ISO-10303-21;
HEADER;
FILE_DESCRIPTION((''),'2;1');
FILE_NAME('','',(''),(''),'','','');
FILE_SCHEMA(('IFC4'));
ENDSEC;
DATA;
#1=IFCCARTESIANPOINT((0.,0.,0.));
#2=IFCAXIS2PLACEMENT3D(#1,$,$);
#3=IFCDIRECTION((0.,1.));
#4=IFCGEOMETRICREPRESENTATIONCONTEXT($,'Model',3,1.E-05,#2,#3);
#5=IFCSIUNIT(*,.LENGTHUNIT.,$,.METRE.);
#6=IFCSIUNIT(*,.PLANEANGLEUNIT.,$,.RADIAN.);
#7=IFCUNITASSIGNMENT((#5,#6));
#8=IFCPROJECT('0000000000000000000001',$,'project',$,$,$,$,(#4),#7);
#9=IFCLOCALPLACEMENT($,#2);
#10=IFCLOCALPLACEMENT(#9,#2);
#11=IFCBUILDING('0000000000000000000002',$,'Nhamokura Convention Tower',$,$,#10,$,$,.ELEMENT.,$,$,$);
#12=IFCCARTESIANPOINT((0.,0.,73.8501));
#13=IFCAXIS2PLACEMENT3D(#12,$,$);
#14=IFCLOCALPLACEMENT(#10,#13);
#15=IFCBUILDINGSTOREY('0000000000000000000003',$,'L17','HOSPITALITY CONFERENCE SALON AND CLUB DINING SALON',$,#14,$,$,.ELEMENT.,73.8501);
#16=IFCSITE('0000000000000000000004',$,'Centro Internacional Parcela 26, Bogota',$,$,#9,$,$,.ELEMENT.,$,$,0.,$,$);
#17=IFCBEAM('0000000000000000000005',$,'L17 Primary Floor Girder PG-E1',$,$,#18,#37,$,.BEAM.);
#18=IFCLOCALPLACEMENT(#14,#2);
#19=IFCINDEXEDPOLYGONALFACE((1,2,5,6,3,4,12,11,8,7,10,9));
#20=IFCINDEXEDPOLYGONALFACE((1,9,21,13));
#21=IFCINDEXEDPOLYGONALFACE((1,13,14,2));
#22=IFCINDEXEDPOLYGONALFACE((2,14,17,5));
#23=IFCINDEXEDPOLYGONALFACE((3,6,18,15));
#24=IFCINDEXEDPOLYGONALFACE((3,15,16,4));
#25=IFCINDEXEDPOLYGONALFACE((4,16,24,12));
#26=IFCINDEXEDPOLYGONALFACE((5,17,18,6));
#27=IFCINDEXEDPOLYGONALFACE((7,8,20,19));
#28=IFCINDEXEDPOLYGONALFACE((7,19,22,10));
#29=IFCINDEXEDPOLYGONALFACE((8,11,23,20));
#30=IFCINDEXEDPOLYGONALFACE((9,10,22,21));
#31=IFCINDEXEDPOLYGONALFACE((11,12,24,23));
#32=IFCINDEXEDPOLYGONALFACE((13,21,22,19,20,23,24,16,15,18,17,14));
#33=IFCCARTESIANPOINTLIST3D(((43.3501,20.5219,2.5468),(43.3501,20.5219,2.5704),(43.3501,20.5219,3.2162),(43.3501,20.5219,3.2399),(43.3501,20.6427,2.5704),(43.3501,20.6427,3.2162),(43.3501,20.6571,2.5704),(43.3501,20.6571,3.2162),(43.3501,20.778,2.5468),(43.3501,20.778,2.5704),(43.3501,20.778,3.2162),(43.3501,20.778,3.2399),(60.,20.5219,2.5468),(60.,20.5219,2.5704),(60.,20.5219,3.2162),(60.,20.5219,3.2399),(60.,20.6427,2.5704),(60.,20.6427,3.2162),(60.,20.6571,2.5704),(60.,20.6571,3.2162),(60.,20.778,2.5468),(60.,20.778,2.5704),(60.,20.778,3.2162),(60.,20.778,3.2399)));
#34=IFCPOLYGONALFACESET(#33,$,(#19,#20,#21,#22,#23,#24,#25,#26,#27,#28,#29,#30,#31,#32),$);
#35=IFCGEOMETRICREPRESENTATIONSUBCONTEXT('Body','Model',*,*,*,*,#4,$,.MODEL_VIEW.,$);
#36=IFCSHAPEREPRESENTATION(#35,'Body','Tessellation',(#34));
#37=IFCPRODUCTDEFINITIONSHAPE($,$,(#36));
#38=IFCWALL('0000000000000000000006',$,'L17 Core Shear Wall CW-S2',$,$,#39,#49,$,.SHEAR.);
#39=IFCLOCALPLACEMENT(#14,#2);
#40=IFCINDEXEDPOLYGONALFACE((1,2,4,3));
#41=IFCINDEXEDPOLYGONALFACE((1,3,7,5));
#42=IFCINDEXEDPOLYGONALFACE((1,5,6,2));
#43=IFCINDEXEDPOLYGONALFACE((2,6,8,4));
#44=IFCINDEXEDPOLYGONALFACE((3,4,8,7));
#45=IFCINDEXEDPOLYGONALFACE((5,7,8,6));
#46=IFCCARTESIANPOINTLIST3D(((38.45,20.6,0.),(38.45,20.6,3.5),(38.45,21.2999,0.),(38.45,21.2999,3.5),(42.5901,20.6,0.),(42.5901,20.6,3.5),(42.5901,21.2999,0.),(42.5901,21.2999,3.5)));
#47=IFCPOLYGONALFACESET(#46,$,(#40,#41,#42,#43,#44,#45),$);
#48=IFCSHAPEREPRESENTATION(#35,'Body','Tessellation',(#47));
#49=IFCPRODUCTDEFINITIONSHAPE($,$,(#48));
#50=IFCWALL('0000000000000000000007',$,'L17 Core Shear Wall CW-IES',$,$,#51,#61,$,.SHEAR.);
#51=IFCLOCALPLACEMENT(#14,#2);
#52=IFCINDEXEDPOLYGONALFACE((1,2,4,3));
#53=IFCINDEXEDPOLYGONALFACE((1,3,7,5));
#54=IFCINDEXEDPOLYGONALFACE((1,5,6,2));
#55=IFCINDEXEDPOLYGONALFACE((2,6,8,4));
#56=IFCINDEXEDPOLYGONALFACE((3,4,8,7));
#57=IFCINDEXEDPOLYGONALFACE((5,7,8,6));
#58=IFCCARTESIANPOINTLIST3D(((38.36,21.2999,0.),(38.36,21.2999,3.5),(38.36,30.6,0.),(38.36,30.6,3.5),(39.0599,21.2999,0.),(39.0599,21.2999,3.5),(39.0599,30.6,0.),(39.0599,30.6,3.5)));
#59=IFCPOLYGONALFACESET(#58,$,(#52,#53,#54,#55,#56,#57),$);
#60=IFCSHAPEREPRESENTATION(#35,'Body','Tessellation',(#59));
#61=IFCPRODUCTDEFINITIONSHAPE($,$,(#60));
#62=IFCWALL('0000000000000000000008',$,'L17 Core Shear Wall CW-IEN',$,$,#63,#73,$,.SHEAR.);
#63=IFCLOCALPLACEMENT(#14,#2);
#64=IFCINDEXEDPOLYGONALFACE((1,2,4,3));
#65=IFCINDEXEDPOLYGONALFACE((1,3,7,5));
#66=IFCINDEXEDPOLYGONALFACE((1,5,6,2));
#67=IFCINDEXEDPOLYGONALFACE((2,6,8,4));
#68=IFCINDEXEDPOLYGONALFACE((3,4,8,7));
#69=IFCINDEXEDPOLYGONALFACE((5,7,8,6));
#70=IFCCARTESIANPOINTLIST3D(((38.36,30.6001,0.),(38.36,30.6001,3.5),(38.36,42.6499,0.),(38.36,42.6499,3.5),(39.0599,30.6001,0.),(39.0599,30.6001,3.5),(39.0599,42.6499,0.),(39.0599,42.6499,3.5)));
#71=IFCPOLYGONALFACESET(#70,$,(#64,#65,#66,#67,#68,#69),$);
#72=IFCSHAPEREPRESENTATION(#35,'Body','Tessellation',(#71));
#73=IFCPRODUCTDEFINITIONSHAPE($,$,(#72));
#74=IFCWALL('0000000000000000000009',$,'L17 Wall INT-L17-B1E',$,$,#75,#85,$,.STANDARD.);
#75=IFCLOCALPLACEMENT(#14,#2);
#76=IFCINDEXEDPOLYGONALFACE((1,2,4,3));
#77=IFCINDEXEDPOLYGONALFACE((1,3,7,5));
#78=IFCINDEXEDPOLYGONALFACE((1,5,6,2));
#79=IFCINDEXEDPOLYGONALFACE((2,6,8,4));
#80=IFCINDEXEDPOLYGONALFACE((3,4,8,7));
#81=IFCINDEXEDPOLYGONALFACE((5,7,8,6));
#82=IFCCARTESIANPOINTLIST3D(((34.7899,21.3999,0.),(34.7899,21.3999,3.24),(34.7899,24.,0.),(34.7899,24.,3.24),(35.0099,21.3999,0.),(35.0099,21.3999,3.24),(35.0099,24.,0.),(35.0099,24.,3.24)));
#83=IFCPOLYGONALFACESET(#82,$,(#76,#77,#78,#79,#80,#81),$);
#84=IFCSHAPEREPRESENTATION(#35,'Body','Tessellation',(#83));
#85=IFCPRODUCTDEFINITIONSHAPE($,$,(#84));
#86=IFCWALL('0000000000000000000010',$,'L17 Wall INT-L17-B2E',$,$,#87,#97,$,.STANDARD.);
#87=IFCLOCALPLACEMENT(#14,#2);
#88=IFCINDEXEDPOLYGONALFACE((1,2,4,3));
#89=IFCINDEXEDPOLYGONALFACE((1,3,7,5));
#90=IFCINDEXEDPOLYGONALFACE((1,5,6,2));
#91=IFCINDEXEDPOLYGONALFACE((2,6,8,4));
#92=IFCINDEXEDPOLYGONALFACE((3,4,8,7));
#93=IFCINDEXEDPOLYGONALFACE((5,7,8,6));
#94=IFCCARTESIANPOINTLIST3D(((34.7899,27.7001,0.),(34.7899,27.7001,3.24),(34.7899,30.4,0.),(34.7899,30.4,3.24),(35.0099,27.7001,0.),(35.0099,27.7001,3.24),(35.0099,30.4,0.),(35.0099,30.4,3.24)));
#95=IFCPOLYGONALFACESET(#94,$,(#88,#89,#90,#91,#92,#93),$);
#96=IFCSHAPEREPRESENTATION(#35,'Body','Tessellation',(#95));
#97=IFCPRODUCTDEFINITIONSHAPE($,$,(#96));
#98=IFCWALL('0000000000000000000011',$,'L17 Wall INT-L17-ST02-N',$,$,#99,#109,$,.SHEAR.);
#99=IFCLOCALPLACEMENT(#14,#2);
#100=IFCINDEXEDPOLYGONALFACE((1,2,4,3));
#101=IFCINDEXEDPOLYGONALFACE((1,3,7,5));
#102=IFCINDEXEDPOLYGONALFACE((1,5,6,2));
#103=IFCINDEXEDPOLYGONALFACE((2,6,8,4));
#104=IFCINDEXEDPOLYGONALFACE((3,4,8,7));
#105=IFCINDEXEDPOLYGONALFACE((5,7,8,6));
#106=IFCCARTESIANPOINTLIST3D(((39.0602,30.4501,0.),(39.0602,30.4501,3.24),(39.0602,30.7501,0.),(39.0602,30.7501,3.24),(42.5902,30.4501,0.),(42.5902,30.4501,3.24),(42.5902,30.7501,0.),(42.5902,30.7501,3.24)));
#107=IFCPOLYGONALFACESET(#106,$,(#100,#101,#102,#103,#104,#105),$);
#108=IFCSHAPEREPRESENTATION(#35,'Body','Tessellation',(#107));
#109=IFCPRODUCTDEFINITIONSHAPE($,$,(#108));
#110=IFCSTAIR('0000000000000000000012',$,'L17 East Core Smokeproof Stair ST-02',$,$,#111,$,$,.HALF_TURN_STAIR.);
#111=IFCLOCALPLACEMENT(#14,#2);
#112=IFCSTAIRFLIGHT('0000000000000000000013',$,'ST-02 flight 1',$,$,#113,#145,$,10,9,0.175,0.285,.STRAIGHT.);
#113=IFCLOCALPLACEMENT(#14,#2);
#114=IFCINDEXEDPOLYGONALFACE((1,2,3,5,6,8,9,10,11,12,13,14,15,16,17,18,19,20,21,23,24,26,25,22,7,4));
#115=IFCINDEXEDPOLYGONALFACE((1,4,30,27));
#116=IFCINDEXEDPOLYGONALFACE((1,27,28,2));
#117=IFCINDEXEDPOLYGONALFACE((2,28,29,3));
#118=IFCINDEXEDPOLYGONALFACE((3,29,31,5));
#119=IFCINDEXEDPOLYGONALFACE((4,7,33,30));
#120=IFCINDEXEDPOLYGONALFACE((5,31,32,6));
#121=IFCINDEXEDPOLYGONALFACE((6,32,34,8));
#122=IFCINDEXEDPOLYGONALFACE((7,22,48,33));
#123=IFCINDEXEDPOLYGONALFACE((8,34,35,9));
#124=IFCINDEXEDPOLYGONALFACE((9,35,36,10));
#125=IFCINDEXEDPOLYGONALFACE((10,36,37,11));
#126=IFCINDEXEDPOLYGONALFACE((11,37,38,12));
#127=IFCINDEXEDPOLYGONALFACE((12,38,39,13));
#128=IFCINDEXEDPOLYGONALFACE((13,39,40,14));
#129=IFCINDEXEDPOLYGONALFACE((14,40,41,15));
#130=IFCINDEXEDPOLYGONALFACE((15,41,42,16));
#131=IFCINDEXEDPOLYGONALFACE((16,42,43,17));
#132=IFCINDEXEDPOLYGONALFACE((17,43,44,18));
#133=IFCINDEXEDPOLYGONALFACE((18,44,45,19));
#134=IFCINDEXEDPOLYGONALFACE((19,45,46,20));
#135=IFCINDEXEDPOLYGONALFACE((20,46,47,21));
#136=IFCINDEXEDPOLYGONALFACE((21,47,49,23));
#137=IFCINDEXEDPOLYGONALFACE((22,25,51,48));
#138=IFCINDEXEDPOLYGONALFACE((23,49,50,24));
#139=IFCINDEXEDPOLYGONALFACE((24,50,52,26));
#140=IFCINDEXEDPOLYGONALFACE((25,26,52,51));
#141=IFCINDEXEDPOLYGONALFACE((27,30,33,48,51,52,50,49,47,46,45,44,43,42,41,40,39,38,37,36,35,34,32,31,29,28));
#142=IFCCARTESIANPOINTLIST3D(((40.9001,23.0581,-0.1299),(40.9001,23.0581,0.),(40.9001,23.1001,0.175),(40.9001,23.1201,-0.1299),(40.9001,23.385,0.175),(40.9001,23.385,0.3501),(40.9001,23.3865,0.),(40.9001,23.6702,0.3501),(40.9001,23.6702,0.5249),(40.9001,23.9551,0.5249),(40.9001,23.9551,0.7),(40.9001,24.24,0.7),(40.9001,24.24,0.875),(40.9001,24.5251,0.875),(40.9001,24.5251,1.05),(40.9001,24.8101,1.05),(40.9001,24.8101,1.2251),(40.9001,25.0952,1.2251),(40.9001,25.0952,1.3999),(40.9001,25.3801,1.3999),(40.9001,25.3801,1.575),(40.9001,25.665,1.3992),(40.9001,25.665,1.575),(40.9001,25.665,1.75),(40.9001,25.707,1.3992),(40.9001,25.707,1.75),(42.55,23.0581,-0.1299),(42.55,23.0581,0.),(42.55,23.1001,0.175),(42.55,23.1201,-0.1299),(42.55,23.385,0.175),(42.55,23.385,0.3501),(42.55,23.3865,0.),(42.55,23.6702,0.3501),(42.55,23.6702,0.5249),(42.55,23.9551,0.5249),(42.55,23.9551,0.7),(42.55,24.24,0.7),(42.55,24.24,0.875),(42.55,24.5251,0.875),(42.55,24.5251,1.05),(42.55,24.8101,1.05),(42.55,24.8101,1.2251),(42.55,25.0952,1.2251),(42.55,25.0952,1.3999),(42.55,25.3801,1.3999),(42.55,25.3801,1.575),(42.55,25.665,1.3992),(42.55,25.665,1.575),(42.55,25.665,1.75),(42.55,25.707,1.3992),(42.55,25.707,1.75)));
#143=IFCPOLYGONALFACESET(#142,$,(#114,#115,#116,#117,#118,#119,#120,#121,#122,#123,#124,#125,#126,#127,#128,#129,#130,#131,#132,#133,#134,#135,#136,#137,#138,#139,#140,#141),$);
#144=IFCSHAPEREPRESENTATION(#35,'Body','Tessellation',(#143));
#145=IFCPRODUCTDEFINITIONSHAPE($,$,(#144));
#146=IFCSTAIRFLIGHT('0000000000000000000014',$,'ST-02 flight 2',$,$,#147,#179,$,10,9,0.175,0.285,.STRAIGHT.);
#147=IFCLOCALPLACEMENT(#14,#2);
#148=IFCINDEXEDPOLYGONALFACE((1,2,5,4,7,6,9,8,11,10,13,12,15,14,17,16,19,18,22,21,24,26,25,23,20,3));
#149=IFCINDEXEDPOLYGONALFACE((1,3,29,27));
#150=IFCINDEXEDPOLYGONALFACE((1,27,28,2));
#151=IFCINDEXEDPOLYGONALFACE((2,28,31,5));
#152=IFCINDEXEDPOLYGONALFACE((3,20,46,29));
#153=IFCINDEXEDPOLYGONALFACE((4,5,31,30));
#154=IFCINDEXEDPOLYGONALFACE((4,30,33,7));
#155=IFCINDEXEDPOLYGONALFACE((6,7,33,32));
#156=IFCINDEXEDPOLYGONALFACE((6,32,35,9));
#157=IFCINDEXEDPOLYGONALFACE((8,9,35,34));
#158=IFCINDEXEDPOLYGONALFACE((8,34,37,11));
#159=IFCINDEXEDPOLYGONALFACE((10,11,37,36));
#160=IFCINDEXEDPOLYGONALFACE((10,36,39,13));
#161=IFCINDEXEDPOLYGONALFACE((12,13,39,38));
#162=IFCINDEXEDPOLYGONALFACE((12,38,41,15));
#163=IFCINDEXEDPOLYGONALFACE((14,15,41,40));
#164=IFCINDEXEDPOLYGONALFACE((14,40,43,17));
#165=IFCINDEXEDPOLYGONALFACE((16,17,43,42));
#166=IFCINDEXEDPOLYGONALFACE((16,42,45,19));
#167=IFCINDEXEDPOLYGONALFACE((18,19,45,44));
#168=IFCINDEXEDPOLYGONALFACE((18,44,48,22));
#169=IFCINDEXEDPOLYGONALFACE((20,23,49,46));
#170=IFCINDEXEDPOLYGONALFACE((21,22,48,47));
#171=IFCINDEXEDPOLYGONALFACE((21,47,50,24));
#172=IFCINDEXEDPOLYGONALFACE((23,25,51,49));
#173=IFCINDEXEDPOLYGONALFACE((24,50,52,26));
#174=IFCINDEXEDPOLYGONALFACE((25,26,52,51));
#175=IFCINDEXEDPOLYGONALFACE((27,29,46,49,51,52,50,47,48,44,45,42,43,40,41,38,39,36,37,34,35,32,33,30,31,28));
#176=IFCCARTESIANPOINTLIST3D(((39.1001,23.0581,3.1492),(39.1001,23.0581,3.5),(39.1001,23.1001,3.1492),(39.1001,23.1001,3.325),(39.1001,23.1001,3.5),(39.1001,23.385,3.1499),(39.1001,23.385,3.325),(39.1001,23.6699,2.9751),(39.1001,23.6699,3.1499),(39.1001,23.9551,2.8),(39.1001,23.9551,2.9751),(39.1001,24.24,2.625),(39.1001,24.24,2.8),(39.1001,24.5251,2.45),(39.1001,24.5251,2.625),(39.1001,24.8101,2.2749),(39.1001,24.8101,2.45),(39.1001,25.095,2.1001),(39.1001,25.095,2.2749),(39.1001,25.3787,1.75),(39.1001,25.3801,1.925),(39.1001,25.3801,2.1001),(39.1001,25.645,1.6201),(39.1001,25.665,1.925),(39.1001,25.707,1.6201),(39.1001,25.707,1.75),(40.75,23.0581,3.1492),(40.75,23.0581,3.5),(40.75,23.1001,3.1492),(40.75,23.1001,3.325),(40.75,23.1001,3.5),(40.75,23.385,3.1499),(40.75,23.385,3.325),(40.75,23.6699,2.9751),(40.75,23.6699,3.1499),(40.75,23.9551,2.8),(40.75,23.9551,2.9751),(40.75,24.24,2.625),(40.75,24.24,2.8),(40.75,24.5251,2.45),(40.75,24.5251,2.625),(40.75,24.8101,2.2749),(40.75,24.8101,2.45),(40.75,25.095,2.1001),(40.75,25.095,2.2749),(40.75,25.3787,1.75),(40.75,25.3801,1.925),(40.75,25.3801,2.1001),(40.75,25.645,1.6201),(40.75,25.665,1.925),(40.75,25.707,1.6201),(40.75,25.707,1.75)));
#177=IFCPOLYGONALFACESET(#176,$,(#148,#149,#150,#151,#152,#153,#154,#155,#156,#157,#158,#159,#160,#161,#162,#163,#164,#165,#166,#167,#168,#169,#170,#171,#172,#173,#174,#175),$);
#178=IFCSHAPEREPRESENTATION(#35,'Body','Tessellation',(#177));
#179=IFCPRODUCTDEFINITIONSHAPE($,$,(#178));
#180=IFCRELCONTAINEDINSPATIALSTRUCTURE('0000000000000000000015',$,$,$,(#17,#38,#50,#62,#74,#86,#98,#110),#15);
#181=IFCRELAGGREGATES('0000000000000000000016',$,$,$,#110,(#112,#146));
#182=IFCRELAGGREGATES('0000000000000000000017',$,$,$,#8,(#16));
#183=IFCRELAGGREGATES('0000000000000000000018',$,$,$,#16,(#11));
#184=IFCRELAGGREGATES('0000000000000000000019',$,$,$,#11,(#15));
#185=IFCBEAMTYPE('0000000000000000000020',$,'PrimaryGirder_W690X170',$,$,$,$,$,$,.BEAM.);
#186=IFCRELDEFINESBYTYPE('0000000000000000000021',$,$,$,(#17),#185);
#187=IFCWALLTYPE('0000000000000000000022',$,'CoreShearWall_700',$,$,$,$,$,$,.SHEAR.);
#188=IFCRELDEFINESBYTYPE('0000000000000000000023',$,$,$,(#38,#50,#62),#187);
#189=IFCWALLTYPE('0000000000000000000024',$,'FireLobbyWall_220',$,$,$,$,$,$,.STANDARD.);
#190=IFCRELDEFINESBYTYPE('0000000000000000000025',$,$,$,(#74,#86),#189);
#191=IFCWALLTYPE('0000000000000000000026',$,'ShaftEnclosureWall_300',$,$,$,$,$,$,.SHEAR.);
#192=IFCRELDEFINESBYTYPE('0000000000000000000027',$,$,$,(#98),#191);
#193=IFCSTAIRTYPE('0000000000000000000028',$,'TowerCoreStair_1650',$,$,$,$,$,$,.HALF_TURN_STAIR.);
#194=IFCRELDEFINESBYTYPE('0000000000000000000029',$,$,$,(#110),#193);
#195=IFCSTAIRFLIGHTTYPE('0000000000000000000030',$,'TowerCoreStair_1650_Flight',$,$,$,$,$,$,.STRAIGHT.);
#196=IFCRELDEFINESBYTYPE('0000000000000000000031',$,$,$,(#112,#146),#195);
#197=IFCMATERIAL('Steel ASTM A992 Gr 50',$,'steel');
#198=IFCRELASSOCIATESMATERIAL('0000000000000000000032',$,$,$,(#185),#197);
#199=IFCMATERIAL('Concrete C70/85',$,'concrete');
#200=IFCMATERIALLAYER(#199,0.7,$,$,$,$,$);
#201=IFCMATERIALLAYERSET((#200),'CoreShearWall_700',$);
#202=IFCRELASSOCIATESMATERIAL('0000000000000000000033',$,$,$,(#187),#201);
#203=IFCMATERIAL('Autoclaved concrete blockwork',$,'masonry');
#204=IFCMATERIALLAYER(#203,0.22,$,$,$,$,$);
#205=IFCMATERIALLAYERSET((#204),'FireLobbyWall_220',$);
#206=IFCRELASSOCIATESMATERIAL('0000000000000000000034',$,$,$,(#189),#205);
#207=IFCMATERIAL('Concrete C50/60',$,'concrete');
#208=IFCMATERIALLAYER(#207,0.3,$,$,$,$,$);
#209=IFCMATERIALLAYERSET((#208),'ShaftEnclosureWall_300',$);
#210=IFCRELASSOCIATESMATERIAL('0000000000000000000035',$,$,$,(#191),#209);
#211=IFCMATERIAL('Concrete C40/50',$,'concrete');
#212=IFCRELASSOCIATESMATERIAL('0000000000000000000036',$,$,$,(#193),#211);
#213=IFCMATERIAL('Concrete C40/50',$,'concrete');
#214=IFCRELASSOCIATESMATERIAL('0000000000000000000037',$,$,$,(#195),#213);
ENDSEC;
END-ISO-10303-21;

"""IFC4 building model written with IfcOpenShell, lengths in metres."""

from ifc_helpers import new_model, si_unit, direction, frame, frame_2d, origin, origin_2d, place, context, subcontext, project, spatial, polyline, rectangle, i_section, outline, extrude, material, layer, layer_set, material_profile, profile_set, type_object, element, aggregate, save


model = new_model("IFC4")

# Units and contexts
model_context = context("Model", 3, precision=1e-05, world=origin(), true_north=direction((0.0, 1.0)))
body_context = subcontext(model_context, "Body", "Model", "MODEL_VIEW")
ifc_project = project(units=[si_unit("LENGTHUNIT", "METRE"), si_unit("PLANEANGLEUNIT", "RADIAN")], contexts=[model_context])

# Site, building, storey
site_placement = place(None, origin())
site = spatial("IfcSite", under=ifc_project, at=site_placement, Name="Centro Internacional Parcela 26, Bogota", CompositionType="ELEMENT", RefElevation=0.0)
building_placement = place(site_placement, origin())
building = spatial("IfcBuilding", under=site, at=building_placement, Name="Nhamokura Convention Tower", CompositionType="ELEMENT")
storey_placement = place(building_placement, frame((0.0, 0.0, 73.8501)))
storey = spatial("IfcBuildingStorey", under=building, at=storey_placement, Name="L17", Description="HOSPITALITY CONFERENCE SALON AND CLUB DINING SALON", CompositionType="ELEMENT", Elevation=73.8501)

# Beam
ifc_material_1 = material(Name="Steel ASTM A992 Gr 50", Category="steel")
ifc_material_profile = material_profile(ifc_material_1, i_section(OverallWidth=0.2561, OverallDepth=0.6931, WebThickness=0.0144, FlangeThickness=0.0237, at=origin_2d()))
ifc_profile_set = profile_set([ifc_material_profile], Name="Steel ASTM A992 Gr 50")
beam_type = type_object("IfcBeamType", Name="PrimaryGirder_W690X170", PredefinedType="BEAM", material=ifc_profile_set)
beam_placement = place(storey_placement, frame((43.3501, 20.6499, 2.8933), z_axis=(1.0, 0.0, 0.0), x_axis=(0.0, 1.0, 0.0)))
element("IfcBeam", 1, at=beam_placement, inside=storey, type_object=beam_type, Name="L17 Primary Floor Girder PG-E1", PredefinedType="BEAM", context=body_context, shape_type="SweptSolid", body=[
    extrude(i_section(OverallWidth=0.2561, OverallDepth=0.6931, WebThickness=0.0144, FlangeThickness=0.0237, at=origin_2d()), origin(), (0.0, 0.0, 1.0), 16.6499),
])

# Walls
ifc_material_2 = material(Name="Concrete C70/85", Category="concrete")
ifc_layer_1 = layer(ifc_material_2, 0.7)
ifc_layer_set_1 = layer_set([ifc_layer_1], Name="CoreShearWall_700")
wall_type_1 = type_object("IfcWallType", Name="CoreShearWall_700", PredefinedType="SHEAR", material=ifc_layer_set_1)
wall_1_placement = place(storey_placement, frame((38.45, 20.95, 0.0), z_axis=(0.0, 0.0, 1.0), x_axis=(1.0, 0.0, 0.0)))
element("IfcWall", 2, at=wall_1_placement, inside=storey, type_object=wall_type_1, Name="L17 Core Shear Wall CW-S2", PredefinedType="SHEAR", context=body_context, shape_type="SweptSolid", body=[
    extrude(rectangle(XDim=4.1401, YDim=0.7, at=frame_2d((2.0701, 0.0))), origin(), (0.0, 0.0, 1.0), 3.5),
])
wall_2_placement = place(storey_placement, frame((38.71, 21.3, 0.0), z_axis=(0.0, 0.0, 1.0), x_axis=(0.0, 1.0, 0.0)))
element("IfcWall", 3, at=wall_2_placement, inside=storey, type_object=wall_type_1, Name="L17 Core Shear Wall CW-IES", PredefinedType="SHEAR", context=body_context, shape_type="SweptSolid", body=[
    extrude(rectangle(XDim=9.3, YDim=0.7, at=frame_2d((4.6499, 0.0))), origin(), (0.0, 0.0, 1.0), 3.5),
])
wall_3_placement = place(storey_placement, frame((38.71, 30.6001, 0.0), z_axis=(0.0, 0.0, 1.0), x_axis=(0.0, 1.0, 0.0)))
element("IfcWall", 4, at=wall_3_placement, inside=storey, type_object=wall_type_1, Name="L17 Core Shear Wall CW-IEN", PredefinedType="SHEAR", context=body_context, shape_type="SweptSolid", body=[
    extrude(rectangle(XDim=12.0498, YDim=0.7, at=frame_2d((6.0249, 0.0))), origin(), (0.0, 0.0, 1.0), 3.5),
])

# Shared definitions
ifc_material_3 = material(Name="Autoclaved concrete blockwork", Category="masonry")
ifc_layer_2 = layer(ifc_material_3, 0.22)
ifc_layer_set_2 = layer_set([ifc_layer_2], Name="FireLobbyWall_220")
wall_type_2 = type_object("IfcWallType", Name="FireLobbyWall_220", PredefinedType="STANDARD", material=ifc_layer_set_2)

# Walls
wall_4_placement = place(storey_placement, frame((34.8999, 21.3999, 0.0), z_axis=(0.0, 0.0, 1.0), x_axis=(0.0, 1.0, 0.0)))
element("IfcWall", 5, at=wall_4_placement, inside=storey, type_object=wall_type_2, Name="L17 Wall INT-L17-B1E", PredefinedType="STANDARD", context=body_context, shape_type="SweptSolid", body=[
    extrude(rectangle(XDim=2.6001, YDim=0.22, at=frame_2d((1.3, 0.0))), origin(), (0.0, 0.0, 1.0), 3.24),
])
wall_5_placement = place(storey_placement, frame((34.8999, 27.7, 0.0), z_axis=(0.0, 0.0, 1.0), x_axis=(0.0, 1.0, 0.0)))
element("IfcWall", 6, at=wall_5_placement, inside=storey, type_object=wall_type_2, Name="L17 Wall INT-L17-B2E", PredefinedType="STANDARD", context=body_context, shape_type="SweptSolid", body=[
    extrude(rectangle(XDim=2.7, YDim=0.22, at=frame_2d((1.3501, 0.0))), origin(), (0.0, 0.0, 1.0), 3.24),
])
ifc_material_4 = material(Name="Concrete C50/60", Category="concrete")
ifc_layer_3 = layer(ifc_material_4, 0.3)
ifc_layer_set_3 = layer_set([ifc_layer_3], Name="ShaftEnclosureWall_300")
wall_type_3 = type_object("IfcWallType", Name="ShaftEnclosureWall_300", PredefinedType="SHEAR", material=ifc_layer_set_3)
wall_6_placement = place(storey_placement, frame((39.0601, 30.6001, 0.0), z_axis=(0.0, 0.0, 1.0), x_axis=(1.0, 0.0, 0.0)))
element("IfcWall", 7, at=wall_6_placement, inside=storey, type_object=wall_type_3, Name="L17 Wall INT-L17-ST02-N", PredefinedType="SHEAR", context=body_context, shape_type="SweptSolid", body=[
    extrude(rectangle(XDim=3.53, YDim=0.3, at=frame_2d((1.7651, 0.0))), origin(), (0.0, 0.0, 1.0), 3.24),
])

# Stair, stair flights
ifc_material_5 = material(Name="Concrete C40/50", Category="concrete")
stair_type = type_object("IfcStairType", Name="TowerCoreStair_1650", PredefinedType="HALF_TURN_STAIR", material=ifc_material_5)
stair_placement = place(storey_placement, origin())
stair = element("IfcStair", 8, at=stair_placement, inside=storey, type_object=stair_type, Name="L17 East Core Smokeproof Stair ST-02", PredefinedType="HALF_TURN_STAIR")
ifc_material_6 = material(Name="Concrete C40/50", Category="concrete")
stair_flight_type = type_object("IfcStairFlightType", Name="TowerCoreStair_1650_Flight", PredefinedType="STRAIGHT", material=ifc_material_6)
stair_flight_1_placement = place(storey_placement, frame((41.7251, 23.1001, 0.0), z_axis=(0.0, 0.0, 1.0), x_axis=(0.0, 1.0, 0.0)))
stair_flight_1 = element("IfcStairFlight", 9, at=stair_flight_1_placement, type_object=stair_flight_type, Name="ST-02 flight 1", NumberOfRisers=10, NumberOfTreads=9, PredefinedType="STRAIGHT", RiserHeight=0.175, TreadLength=0.285, context=body_context, shape_type="SweptSolid", body=[
    extrude(outline(polyline([(-0.042, 0.0), (0.0, 0.175), (0.2849, 0.175), (0.2849, 0.3501), (0.5701, 0.3501), (0.5701, 0.5249), (0.855, 0.5249), (0.855, 0.7), (1.1399, 0.7), (1.1399, 0.875), (1.425, 0.875), (1.425, 1.05), (1.71, 1.05), (1.71, 1.2251), (1.9951, 1.2251), (1.9951, 1.3999), (2.28, 1.3999), (2.28, 1.575), (2.5649, 1.575), (2.5649, 1.75), (2.6069, 1.75), (2.6069, 1.3992), (2.5649, 1.3992), (0.2864, 0.0), (0.02, -0.1299), (-0.042, -0.1299), (-0.042, 0.0)])), frame((0.0, 0.825, 0.0), z_axis=(0.0, -1.0, 0.0), x_axis=(1.0, 0.0, 0.0)), (0.0, 0.0, 1.0), 1.6499),
])
stair_flight_2_placement = place(storey_placement, frame((39.925, 25.665, 1.75), z_axis=(0.0, 0.0, 1.0), x_axis=(0.0, -1.0, 0.0)))
stair_flight_2 = element("IfcStairFlight", 10, at=stair_flight_2_placement, type_object=stair_flight_type, Name="ST-02 flight 2", NumberOfRisers=10, NumberOfTreads=9, PredefinedType="STRAIGHT", RiserHeight=0.175, TreadLength=0.285, context=body_context, shape_type="SweptSolid", body=[
    extrude(outline(polyline([(-0.042, 0.0), (0.0, 0.175), (0.2849, 0.175), (0.2849, 0.3501), (0.5701, 0.3501), (0.5701, 0.5249), (0.855, 0.5249), (0.855, 0.7), (1.1399, 0.7), (1.1399, 0.875), (1.425, 0.875), (1.425, 1.05), (1.71, 1.05), (1.71, 1.2251), (1.9951, 1.2251), (1.9951, 1.3999), (2.28, 1.3999), (2.28, 1.575), (2.5649, 1.575), (2.5649, 1.75), (2.6069, 1.75), (2.6069, 1.3992), (2.5649, 1.3992), (0.2864, 0.0), (0.02, -0.1299), (-0.042, -0.1299), (-0.042, 0.0)])), frame((0.0, 0.825, 0.0), z_axis=(0.0, -1.0, 0.0), x_axis=(1.0, 0.0, 0.0)), (0.0, 0.0, 1.0), 1.6499),
])
aggregate(stair, [stair_flight_1, stair_flight_2])

save(model, "model.ifc")
